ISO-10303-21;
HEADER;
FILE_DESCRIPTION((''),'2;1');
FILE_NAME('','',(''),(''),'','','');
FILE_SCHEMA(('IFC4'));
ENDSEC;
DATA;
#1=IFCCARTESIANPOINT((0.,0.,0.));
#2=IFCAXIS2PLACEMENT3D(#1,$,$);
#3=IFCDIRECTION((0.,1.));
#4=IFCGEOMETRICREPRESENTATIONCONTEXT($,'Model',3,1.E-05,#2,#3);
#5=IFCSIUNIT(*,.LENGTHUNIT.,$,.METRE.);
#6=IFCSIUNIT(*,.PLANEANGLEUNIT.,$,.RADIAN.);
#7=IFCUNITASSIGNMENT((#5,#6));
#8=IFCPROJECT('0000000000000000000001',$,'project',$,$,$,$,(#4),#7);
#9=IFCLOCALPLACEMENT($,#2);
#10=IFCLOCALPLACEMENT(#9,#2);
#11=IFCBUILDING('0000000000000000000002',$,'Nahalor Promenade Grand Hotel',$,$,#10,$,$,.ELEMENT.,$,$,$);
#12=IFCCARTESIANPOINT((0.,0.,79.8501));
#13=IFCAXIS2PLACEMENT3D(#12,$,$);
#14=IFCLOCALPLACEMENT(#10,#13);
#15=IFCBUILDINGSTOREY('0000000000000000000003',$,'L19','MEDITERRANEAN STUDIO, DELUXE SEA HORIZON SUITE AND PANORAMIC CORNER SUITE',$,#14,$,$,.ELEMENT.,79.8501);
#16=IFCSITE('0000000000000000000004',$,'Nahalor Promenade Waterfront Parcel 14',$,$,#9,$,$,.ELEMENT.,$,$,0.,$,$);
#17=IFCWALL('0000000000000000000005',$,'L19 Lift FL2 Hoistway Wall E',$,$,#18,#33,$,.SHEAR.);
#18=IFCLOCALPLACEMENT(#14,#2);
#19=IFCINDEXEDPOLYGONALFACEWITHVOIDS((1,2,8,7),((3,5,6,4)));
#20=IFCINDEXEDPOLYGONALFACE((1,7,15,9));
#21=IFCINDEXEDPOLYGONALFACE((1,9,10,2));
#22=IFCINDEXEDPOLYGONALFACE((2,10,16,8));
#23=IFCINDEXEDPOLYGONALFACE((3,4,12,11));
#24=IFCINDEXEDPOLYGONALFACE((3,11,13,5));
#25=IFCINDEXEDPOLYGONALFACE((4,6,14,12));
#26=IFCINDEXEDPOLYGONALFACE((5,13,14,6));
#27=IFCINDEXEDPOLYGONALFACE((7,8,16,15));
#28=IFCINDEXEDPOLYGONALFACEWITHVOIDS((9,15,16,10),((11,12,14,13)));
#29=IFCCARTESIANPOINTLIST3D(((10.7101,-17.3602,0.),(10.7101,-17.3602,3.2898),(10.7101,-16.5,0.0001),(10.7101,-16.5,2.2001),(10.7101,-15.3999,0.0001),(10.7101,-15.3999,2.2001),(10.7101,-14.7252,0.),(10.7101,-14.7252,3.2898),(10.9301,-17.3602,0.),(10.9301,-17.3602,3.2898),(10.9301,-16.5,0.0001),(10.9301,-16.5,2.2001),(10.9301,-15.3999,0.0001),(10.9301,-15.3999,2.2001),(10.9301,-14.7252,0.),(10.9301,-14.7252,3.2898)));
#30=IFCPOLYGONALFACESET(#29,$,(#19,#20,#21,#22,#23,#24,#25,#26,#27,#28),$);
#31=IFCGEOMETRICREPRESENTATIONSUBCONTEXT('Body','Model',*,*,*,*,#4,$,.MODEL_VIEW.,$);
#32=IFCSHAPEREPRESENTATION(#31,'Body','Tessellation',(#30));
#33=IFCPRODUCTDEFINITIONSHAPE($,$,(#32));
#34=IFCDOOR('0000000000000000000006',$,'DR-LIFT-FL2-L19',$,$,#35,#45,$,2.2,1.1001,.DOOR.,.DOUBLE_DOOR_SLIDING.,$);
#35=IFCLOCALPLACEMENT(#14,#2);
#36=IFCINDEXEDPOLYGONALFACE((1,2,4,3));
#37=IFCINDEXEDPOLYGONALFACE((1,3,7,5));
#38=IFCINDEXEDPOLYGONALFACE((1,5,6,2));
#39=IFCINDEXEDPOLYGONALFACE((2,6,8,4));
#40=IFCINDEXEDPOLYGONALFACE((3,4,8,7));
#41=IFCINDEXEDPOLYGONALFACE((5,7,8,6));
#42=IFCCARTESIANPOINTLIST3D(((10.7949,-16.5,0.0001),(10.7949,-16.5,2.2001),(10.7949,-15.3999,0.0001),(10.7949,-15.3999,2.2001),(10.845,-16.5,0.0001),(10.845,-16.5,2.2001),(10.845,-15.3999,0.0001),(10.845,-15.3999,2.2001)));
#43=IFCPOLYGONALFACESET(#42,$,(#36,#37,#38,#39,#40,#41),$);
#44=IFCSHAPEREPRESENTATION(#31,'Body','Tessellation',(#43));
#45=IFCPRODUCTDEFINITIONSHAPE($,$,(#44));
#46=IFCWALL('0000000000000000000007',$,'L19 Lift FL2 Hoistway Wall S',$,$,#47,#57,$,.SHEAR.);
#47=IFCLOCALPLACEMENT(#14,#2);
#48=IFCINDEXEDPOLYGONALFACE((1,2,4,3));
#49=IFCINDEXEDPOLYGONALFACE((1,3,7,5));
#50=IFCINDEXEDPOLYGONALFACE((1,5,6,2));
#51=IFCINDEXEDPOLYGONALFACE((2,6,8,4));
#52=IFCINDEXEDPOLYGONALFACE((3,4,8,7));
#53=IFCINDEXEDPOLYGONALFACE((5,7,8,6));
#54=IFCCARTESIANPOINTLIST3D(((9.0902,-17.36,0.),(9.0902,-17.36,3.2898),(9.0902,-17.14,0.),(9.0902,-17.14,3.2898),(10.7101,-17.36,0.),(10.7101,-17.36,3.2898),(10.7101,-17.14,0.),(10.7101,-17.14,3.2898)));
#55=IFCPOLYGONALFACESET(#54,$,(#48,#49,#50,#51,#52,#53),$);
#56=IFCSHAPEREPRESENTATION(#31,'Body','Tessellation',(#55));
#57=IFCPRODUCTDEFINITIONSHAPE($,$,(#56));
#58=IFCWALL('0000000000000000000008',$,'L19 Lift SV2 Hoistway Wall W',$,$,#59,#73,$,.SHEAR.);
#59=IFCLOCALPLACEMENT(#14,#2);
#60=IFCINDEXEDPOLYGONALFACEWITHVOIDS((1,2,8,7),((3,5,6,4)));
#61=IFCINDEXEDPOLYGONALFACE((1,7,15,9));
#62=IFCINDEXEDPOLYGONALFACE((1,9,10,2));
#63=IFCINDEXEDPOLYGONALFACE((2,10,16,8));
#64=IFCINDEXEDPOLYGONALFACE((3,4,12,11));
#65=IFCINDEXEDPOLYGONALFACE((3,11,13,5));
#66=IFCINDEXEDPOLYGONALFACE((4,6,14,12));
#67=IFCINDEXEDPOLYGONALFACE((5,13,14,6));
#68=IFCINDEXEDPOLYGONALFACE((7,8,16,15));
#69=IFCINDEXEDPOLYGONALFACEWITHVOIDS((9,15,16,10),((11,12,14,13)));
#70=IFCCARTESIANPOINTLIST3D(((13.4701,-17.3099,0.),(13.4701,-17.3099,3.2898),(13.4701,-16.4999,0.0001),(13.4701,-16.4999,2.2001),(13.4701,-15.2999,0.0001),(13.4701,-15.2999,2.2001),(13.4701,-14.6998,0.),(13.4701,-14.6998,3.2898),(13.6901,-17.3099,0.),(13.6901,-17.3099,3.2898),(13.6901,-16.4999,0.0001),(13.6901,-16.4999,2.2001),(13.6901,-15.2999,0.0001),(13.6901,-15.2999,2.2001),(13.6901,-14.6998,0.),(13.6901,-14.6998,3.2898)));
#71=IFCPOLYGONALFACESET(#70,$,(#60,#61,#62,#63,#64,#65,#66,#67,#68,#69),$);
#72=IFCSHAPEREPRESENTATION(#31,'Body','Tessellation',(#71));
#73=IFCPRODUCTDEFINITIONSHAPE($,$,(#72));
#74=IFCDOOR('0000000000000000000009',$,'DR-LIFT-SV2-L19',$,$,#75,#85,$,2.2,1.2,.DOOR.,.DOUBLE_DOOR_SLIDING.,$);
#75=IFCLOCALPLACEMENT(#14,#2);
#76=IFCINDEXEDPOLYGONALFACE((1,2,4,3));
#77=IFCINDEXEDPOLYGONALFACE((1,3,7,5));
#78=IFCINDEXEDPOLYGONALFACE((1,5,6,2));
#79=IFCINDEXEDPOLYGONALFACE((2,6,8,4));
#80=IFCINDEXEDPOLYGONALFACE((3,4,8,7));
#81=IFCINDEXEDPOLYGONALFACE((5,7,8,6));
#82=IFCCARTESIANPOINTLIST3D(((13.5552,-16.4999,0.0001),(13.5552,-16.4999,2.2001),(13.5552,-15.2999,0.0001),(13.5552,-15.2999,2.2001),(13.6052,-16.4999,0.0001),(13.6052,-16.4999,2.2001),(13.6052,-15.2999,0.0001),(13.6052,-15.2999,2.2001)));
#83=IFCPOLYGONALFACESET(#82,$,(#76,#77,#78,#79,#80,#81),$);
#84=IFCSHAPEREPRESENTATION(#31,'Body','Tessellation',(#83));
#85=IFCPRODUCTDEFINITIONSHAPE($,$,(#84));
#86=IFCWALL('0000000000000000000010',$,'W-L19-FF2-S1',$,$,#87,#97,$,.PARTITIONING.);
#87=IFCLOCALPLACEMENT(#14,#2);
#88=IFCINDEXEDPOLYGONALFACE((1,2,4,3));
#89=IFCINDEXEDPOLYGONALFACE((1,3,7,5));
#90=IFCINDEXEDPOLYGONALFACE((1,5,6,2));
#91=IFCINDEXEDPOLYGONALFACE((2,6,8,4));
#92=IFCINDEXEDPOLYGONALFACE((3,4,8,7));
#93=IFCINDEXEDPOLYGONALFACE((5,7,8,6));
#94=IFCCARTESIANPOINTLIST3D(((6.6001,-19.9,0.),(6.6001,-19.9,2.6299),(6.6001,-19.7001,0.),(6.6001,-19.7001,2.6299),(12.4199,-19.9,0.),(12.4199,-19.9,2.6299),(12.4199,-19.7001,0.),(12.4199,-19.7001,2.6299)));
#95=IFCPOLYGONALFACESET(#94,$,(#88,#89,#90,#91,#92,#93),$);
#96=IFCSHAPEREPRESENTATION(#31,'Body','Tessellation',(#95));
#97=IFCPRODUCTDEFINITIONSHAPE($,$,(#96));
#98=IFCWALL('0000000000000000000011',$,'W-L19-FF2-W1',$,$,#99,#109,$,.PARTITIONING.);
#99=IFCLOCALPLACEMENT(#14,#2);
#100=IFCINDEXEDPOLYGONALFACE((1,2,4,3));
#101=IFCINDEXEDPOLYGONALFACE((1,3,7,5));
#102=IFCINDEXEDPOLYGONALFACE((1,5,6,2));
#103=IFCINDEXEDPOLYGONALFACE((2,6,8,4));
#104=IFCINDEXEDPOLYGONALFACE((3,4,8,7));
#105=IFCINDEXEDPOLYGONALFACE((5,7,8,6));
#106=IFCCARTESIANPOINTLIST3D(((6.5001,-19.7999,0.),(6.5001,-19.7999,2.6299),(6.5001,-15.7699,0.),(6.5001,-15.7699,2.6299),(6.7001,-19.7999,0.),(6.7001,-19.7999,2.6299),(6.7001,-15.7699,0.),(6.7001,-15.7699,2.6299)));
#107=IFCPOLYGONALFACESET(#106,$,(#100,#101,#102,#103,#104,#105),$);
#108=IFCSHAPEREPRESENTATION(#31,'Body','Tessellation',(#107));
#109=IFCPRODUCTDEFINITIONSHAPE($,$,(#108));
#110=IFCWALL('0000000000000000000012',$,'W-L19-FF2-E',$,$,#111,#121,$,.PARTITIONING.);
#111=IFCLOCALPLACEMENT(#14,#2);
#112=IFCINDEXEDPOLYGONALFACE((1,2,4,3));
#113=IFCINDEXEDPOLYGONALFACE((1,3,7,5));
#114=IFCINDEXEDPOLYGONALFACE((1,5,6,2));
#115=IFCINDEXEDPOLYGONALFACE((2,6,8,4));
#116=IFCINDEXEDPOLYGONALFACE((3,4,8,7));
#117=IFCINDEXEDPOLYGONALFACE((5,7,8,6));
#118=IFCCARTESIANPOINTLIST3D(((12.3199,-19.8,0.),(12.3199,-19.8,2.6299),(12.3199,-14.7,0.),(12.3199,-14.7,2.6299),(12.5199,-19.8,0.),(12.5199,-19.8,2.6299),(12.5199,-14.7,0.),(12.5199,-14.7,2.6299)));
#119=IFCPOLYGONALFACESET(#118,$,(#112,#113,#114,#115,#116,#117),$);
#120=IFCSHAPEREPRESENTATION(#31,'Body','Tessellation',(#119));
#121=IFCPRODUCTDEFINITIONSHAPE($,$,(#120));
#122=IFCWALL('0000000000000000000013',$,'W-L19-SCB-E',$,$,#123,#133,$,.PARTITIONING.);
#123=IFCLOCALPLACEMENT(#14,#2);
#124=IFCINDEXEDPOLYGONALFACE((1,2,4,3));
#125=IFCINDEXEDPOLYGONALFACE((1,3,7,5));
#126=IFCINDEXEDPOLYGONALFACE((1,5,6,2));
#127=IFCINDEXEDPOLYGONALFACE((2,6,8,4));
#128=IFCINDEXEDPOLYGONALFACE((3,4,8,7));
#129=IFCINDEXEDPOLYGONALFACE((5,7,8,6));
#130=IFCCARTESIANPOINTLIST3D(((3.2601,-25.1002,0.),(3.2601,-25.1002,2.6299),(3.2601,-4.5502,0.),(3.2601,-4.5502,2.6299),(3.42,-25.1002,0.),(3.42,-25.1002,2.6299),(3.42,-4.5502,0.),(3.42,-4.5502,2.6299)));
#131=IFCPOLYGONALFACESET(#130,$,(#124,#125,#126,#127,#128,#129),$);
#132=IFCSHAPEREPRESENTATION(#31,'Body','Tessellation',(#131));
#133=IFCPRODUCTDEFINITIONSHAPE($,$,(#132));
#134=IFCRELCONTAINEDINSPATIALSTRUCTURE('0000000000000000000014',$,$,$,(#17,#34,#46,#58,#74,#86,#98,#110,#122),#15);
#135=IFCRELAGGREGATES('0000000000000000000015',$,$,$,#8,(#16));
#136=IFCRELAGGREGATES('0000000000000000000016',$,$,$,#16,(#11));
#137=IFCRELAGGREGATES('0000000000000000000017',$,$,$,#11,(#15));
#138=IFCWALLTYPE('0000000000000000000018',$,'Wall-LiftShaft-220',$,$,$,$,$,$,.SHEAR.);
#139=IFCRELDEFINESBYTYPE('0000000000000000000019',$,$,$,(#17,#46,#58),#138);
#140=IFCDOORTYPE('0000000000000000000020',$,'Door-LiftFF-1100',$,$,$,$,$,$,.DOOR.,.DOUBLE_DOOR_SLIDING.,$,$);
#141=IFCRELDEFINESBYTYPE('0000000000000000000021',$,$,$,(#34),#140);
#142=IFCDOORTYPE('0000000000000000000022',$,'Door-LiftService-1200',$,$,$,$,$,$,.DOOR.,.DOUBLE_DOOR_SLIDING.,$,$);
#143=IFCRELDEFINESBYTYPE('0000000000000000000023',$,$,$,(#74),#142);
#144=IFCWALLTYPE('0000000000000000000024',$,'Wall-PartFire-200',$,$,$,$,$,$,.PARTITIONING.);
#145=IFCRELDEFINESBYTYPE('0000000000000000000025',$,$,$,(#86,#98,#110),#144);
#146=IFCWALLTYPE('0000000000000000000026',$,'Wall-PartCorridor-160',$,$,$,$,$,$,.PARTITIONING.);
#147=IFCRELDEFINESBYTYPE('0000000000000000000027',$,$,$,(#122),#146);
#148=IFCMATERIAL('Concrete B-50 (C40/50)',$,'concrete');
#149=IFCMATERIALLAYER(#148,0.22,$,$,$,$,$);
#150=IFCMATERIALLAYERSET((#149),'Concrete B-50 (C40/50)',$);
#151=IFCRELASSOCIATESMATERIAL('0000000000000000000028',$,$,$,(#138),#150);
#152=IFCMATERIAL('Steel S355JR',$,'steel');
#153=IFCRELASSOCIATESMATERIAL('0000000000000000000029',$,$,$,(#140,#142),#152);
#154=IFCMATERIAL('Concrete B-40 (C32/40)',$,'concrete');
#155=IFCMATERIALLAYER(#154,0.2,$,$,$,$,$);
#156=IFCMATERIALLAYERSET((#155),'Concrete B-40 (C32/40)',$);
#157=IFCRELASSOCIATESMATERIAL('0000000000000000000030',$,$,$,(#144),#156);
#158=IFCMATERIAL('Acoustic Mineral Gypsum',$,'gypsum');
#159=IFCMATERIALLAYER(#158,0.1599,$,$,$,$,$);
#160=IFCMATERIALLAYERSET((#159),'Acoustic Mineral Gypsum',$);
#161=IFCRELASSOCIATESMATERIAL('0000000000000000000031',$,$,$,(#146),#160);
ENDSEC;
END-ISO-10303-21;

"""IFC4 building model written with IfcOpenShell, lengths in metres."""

from ifc_helpers import new_model, si_unit, direction, frame, frame_2d, origin, place, context, subcontext, project, spatial, rectangle, extrude, source, transform, mapped, material, layer, layer_set, type_object, element, fill, save


model = new_model("IFC4")

# Units and contexts
model_context = context("Model", 3, precision=1e-05, world=origin(), true_north=direction((0.0, 1.0)))
body_context = subcontext(model_context, "Body", "Model", "MODEL_VIEW")
ifc_project = project(units=[si_unit("LENGTHUNIT", "METRE"), si_unit("PLANEANGLEUNIT", "RADIAN")], contexts=[model_context])

# Site, building, storey
site_placement = place(None, origin())
site = spatial("IfcSite", under=ifc_project, at=site_placement, Name="Nahalor Promenade Waterfront Parcel 14", CompositionType="ELEMENT", RefElevation=0.0)
building_placement = place(site_placement, origin())
building = spatial("IfcBuilding", under=site, at=building_placement, Name="Nahalor Promenade Grand Hotel", CompositionType="ELEMENT")
storey_placement = place(building_placement, frame((0.0, 0.0, 79.8501)))
storey = spatial("IfcBuildingStorey", under=building, at=storey_placement, Name="L19", Description="MEDITERRANEAN STUDIO, DELUXE SEA HORIZON SUITE AND PANORAMIC CORNER SUITE", CompositionType="ELEMENT", Elevation=79.8501)

# Shared definitions
ifc_material_1 = material(Name="Steel S355JR", Category="steel")

# Shared definitions
ifc_material_2 = material(Name="Concrete B-50 (C40/50)", Category="concrete")

# Shared definitions
ifc_layer_1 = layer(ifc_material_2, 0.22)
ifc_layer_set_1 = layer_set([ifc_layer_1], Name="Concrete B-50 (C40/50)")
wall_type_1 = type_object("IfcWallType", Name="Wall-LiftShaft-220", PredefinedType="SHEAR", material=ifc_layer_set_1)
shared_shape_1 = source(origin(), body_context, "Body", "SweptSolid", [
    extrude(rectangle(XDim=2.635, YDim=0.22, at=frame_2d((1.3174, 0.0))), origin(), (0.0, 0.0, 1.0), 3.2898),
])

# Wall, opening, door
wall_1_placement = place(storey_placement, frame((10.8201, -17.3601, 0.0), z_axis=(0.0, 0.0, 1.0), x_axis=(0.0, 1.0, 0.0)))
wall_1 = element("IfcWall", 1, at=wall_1_placement, inside=storey, type_object=wall_type_1, Name="L19 Lift FL2 Hoistway Wall E", PredefinedType="SHEAR", context=body_context, shape_type="MappedRepresentation", body=[
    mapped(shared_shape_1, transform((0.0, 0.0, 0.0), scale=1.0)),
])
opening_1_placement = place(wall_1_placement, frame((0.8601, 0.0, 0.0)))
opening_1 = element("IfcOpeningElement", 2, at=opening_1_placement, cuts=wall_1, PredefinedType="OPENING", context=body_context, shape_type="SweptSolid", body=[
    extrude(rectangle(XDim=1.1001, YDim=2.2, at=frame_2d((0.55, 1.1001))), frame((0.0, 0.1199, 0.0), z_axis=(0.0, -1.0, 0.0), x_axis=(1.0, 0.0, 0.0)), (0.0, 0.0, 1.0), 0.24),
])
door_type_1 = type_object("IfcDoorType", Name="Door-LiftFF-1100", OperationType="DOUBLE_DOOR_SLIDING", PredefinedType="DOOR", material=ifc_material_1)
shared_shape_2 = source(origin(), body_context, "Body", "SweptSolid", [
    extrude(rectangle(XDim=1.1001, YDim=2.2, at=frame_2d((0.55, 1.1001))), frame((0.0, 0.0249, 0.0), z_axis=(0.0, -1.0, 0.0), x_axis=(1.0, 0.0, 0.0)), (0.0, 0.0, 1.0), 0.05),
])
door_1_placement = place(opening_1_placement, frame((1.1001, 0.0, 0.0), z_axis=(0.0, 0.0, 1.0), x_axis=(-1.0, 0.0, 0.0)))
door_1 = element("IfcDoor", 3, at=door_1_placement, inside=storey, type_object=door_type_1, Name="DR-LIFT-FL2-L19", OperationType="DOUBLE_DOOR_SLIDING", OverallHeight=2.2, OverallWidth=1.1001, PredefinedType="DOOR", context=body_context, shape_type="MappedRepresentation", body=[
    mapped(shared_shape_2, transform((0.0, 0.0, 0.0), scale=1.0)),
])
fill(opening_1, door_1)

# Wall
shared_shape_3 = source(origin(), body_context, "Body", "SweptSolid", [
    extrude(rectangle(XDim=1.6199, YDim=0.22, at=frame_2d((0.8101, 0.0))), origin(), (0.0, 0.0, 1.0), 3.2898),
])
wall_2_placement = place(storey_placement, frame((9.0901, -17.25, 0.0), z_axis=(0.0, 0.0, 1.0), x_axis=(1.0, 0.0, 0.0)))
element("IfcWall", 4, at=wall_2_placement, inside=storey, type_object=wall_type_1, Name="L19 Lift FL2 Hoistway Wall S", PredefinedType="SHEAR", context=body_context, shape_type="MappedRepresentation", body=[
    mapped(shared_shape_3, transform((0.0, 0.0, 0.0), scale=1.0)),
])

# Wall, opening, door
shared_shape_4 = source(origin(), body_context, "Body", "SweptSolid", [
    extrude(rectangle(XDim=2.6101, YDim=0.22, at=frame_2d((1.3052, 0.0))), origin(), (0.0, 0.0, 1.0), 3.2898),
])
wall_3_placement = place(storey_placement, frame((13.5801, -17.3101, 0.0), z_axis=(0.0, 0.0, 1.0), x_axis=(0.0, 1.0, 0.0)))
wall_3 = element("IfcWall", 5, at=wall_3_placement, inside=storey, type_object=wall_type_1, Name="L19 Lift SV2 Hoistway Wall W", PredefinedType="SHEAR", context=body_context, shape_type="MappedRepresentation", body=[
    mapped(shared_shape_4, transform((0.0, 0.0, 0.0), scale=1.0)),
])
opening_2_placement = place(wall_3_placement, frame((0.8101, 0.0, 0.0)))
opening_2 = element("IfcOpeningElement", 6, at=opening_2_placement, cuts=wall_3, PredefinedType="OPENING", context=body_context, shape_type="SweptSolid", body=[
    extrude(rectangle(XDim=1.2, YDim=2.2, at=frame_2d((0.6001, 1.1001))), frame((0.0, 0.1199, 0.0), z_axis=(0.0, -1.0, 0.0), x_axis=(1.0, 0.0, 0.0)), (0.0, 0.0, 1.0), 0.24),
])
door_type_2 = type_object("IfcDoorType", Name="Door-LiftService-1200", OperationType="DOUBLE_DOOR_SLIDING", PredefinedType="DOOR", material=ifc_material_1)
shared_shape_5 = source(origin(), body_context, "Body", "SweptSolid", [
    extrude(rectangle(XDim=1.2, YDim=2.2, at=frame_2d((0.6001, 1.1001))), frame((0.0, 0.0249, 0.0), z_axis=(0.0, -1.0, 0.0), x_axis=(1.0, 0.0, 0.0)), (0.0, 0.0, 1.0), 0.05),
])
door_2_placement = place(opening_2_placement, origin())
door_2 = element("IfcDoor", 7, at=door_2_placement, inside=storey, type_object=door_type_2, Name="DR-LIFT-SV2-L19", OperationType="DOUBLE_DOOR_SLIDING", OverallHeight=2.2, OverallWidth=1.2, PredefinedType="DOOR", context=body_context, shape_type="MappedRepresentation", body=[
    mapped(shared_shape_5, transform((0.0, 0.0, 0.0), scale=1.0)),
])
fill(opening_2, door_2)

# Walls
ifc_material_3 = material(Name="Concrete B-40 (C32/40)", Category="concrete")
ifc_layer_2 = layer(ifc_material_3, 0.2)
ifc_layer_set_2 = layer_set([ifc_layer_2], Name="Concrete B-40 (C32/40)")
wall_type_2 = type_object("IfcWallType", Name="Wall-PartFire-200", PredefinedType="PARTITIONING", material=ifc_layer_set_2)
shared_shape_6 = source(origin(), body_context, "Body", "SweptSolid", [
    extrude(rectangle(XDim=5.8198, YDim=0.2, at=frame_2d((2.9099, 0.0))), origin(), (0.0, 0.0, 1.0), 2.6299),
])
wall_4_placement = place(storey_placement, frame((6.6001, -19.8, 0.0), z_axis=(0.0, 0.0, 1.0), x_axis=(1.0, 0.0, 0.0)))
element("IfcWall", 8, at=wall_4_placement, inside=storey, type_object=wall_type_2, Name="W-L19-FF2-S1", PredefinedType="PARTITIONING", context=body_context, shape_type="MappedRepresentation", body=[
    mapped(shared_shape_6, transform((0.0, 0.0, 0.0), scale=1.0)),
])
shared_shape_7 = source(origin(), body_context, "Body", "SweptSolid", [
    extrude(rectangle(XDim=4.03, YDim=0.2, at=frame_2d((2.0151, 0.0))), origin(), (0.0, 0.0, 1.0), 2.6299),
])
wall_5_placement = place(storey_placement, frame((6.6001, -19.8, 0.0), z_axis=(0.0, 0.0, 1.0), x_axis=(0.0, 1.0, 0.0)))
element("IfcWall", 9, at=wall_5_placement, inside=storey, type_object=wall_type_2, Name="W-L19-FF2-W1", PredefinedType="PARTITIONING", context=body_context, shape_type="MappedRepresentation", body=[
    mapped(shared_shape_7, transform((0.0, 0.0, 0.0), scale=1.0)),
])
shared_shape_8 = source(origin(), body_context, "Body", "SweptSolid", [
    extrude(rectangle(XDim=5.1001, YDim=0.2, at=frame_2d((2.55, 0.0))), origin(), (0.0, 0.0, 1.0), 2.6299),
])
wall_6_placement = place(storey_placement, frame((12.4199, -19.8, 0.0), z_axis=(0.0, 0.0, 1.0), x_axis=(0.0, 1.0, 0.0)))
element("IfcWall", 10, at=wall_6_placement, inside=storey, type_object=wall_type_2, Name="W-L19-FF2-E", PredefinedType="PARTITIONING", context=body_context, shape_type="MappedRepresentation", body=[
    mapped(shared_shape_8, transform((0.0, 0.0, 0.0), scale=1.0)),
])
ifc_material_4 = material(Name="Acoustic Mineral Gypsum", Category="gypsum")
ifc_layer_3 = layer(ifc_material_4, 0.1599)
ifc_layer_set_3 = layer_set([ifc_layer_3], Name="Acoustic Mineral Gypsum")
wall_type_3 = type_object("IfcWallType", Name="Wall-PartCorridor-160", PredefinedType="PARTITIONING", material=ifc_layer_set_3)
shared_shape_9 = source(origin(), body_context, "Body", "SweptSolid", [
    extrude(rectangle(XDim=20.55, YDim=0.1599, at=frame_2d((10.2749, 0.0))), origin(), (0.0, 0.0, 1.0), 2.6299),
])
wall_7_placement = place(storey_placement, frame((3.3401, -25.1001, 0.0), z_axis=(0.0, 0.0, 1.0), x_axis=(0.0, 1.0, 0.0)))
element("IfcWall", 11, at=wall_7_placement, inside=storey, type_object=wall_type_3, Name="W-L19-SCB-E", PredefinedType="PARTITIONING", context=body_context, shape_type="MappedRepresentation", body=[
    mapped(shared_shape_9, transform((0.0, 0.0, 0.0), scale=1.0)),
])

save(model, "model.ifc")
